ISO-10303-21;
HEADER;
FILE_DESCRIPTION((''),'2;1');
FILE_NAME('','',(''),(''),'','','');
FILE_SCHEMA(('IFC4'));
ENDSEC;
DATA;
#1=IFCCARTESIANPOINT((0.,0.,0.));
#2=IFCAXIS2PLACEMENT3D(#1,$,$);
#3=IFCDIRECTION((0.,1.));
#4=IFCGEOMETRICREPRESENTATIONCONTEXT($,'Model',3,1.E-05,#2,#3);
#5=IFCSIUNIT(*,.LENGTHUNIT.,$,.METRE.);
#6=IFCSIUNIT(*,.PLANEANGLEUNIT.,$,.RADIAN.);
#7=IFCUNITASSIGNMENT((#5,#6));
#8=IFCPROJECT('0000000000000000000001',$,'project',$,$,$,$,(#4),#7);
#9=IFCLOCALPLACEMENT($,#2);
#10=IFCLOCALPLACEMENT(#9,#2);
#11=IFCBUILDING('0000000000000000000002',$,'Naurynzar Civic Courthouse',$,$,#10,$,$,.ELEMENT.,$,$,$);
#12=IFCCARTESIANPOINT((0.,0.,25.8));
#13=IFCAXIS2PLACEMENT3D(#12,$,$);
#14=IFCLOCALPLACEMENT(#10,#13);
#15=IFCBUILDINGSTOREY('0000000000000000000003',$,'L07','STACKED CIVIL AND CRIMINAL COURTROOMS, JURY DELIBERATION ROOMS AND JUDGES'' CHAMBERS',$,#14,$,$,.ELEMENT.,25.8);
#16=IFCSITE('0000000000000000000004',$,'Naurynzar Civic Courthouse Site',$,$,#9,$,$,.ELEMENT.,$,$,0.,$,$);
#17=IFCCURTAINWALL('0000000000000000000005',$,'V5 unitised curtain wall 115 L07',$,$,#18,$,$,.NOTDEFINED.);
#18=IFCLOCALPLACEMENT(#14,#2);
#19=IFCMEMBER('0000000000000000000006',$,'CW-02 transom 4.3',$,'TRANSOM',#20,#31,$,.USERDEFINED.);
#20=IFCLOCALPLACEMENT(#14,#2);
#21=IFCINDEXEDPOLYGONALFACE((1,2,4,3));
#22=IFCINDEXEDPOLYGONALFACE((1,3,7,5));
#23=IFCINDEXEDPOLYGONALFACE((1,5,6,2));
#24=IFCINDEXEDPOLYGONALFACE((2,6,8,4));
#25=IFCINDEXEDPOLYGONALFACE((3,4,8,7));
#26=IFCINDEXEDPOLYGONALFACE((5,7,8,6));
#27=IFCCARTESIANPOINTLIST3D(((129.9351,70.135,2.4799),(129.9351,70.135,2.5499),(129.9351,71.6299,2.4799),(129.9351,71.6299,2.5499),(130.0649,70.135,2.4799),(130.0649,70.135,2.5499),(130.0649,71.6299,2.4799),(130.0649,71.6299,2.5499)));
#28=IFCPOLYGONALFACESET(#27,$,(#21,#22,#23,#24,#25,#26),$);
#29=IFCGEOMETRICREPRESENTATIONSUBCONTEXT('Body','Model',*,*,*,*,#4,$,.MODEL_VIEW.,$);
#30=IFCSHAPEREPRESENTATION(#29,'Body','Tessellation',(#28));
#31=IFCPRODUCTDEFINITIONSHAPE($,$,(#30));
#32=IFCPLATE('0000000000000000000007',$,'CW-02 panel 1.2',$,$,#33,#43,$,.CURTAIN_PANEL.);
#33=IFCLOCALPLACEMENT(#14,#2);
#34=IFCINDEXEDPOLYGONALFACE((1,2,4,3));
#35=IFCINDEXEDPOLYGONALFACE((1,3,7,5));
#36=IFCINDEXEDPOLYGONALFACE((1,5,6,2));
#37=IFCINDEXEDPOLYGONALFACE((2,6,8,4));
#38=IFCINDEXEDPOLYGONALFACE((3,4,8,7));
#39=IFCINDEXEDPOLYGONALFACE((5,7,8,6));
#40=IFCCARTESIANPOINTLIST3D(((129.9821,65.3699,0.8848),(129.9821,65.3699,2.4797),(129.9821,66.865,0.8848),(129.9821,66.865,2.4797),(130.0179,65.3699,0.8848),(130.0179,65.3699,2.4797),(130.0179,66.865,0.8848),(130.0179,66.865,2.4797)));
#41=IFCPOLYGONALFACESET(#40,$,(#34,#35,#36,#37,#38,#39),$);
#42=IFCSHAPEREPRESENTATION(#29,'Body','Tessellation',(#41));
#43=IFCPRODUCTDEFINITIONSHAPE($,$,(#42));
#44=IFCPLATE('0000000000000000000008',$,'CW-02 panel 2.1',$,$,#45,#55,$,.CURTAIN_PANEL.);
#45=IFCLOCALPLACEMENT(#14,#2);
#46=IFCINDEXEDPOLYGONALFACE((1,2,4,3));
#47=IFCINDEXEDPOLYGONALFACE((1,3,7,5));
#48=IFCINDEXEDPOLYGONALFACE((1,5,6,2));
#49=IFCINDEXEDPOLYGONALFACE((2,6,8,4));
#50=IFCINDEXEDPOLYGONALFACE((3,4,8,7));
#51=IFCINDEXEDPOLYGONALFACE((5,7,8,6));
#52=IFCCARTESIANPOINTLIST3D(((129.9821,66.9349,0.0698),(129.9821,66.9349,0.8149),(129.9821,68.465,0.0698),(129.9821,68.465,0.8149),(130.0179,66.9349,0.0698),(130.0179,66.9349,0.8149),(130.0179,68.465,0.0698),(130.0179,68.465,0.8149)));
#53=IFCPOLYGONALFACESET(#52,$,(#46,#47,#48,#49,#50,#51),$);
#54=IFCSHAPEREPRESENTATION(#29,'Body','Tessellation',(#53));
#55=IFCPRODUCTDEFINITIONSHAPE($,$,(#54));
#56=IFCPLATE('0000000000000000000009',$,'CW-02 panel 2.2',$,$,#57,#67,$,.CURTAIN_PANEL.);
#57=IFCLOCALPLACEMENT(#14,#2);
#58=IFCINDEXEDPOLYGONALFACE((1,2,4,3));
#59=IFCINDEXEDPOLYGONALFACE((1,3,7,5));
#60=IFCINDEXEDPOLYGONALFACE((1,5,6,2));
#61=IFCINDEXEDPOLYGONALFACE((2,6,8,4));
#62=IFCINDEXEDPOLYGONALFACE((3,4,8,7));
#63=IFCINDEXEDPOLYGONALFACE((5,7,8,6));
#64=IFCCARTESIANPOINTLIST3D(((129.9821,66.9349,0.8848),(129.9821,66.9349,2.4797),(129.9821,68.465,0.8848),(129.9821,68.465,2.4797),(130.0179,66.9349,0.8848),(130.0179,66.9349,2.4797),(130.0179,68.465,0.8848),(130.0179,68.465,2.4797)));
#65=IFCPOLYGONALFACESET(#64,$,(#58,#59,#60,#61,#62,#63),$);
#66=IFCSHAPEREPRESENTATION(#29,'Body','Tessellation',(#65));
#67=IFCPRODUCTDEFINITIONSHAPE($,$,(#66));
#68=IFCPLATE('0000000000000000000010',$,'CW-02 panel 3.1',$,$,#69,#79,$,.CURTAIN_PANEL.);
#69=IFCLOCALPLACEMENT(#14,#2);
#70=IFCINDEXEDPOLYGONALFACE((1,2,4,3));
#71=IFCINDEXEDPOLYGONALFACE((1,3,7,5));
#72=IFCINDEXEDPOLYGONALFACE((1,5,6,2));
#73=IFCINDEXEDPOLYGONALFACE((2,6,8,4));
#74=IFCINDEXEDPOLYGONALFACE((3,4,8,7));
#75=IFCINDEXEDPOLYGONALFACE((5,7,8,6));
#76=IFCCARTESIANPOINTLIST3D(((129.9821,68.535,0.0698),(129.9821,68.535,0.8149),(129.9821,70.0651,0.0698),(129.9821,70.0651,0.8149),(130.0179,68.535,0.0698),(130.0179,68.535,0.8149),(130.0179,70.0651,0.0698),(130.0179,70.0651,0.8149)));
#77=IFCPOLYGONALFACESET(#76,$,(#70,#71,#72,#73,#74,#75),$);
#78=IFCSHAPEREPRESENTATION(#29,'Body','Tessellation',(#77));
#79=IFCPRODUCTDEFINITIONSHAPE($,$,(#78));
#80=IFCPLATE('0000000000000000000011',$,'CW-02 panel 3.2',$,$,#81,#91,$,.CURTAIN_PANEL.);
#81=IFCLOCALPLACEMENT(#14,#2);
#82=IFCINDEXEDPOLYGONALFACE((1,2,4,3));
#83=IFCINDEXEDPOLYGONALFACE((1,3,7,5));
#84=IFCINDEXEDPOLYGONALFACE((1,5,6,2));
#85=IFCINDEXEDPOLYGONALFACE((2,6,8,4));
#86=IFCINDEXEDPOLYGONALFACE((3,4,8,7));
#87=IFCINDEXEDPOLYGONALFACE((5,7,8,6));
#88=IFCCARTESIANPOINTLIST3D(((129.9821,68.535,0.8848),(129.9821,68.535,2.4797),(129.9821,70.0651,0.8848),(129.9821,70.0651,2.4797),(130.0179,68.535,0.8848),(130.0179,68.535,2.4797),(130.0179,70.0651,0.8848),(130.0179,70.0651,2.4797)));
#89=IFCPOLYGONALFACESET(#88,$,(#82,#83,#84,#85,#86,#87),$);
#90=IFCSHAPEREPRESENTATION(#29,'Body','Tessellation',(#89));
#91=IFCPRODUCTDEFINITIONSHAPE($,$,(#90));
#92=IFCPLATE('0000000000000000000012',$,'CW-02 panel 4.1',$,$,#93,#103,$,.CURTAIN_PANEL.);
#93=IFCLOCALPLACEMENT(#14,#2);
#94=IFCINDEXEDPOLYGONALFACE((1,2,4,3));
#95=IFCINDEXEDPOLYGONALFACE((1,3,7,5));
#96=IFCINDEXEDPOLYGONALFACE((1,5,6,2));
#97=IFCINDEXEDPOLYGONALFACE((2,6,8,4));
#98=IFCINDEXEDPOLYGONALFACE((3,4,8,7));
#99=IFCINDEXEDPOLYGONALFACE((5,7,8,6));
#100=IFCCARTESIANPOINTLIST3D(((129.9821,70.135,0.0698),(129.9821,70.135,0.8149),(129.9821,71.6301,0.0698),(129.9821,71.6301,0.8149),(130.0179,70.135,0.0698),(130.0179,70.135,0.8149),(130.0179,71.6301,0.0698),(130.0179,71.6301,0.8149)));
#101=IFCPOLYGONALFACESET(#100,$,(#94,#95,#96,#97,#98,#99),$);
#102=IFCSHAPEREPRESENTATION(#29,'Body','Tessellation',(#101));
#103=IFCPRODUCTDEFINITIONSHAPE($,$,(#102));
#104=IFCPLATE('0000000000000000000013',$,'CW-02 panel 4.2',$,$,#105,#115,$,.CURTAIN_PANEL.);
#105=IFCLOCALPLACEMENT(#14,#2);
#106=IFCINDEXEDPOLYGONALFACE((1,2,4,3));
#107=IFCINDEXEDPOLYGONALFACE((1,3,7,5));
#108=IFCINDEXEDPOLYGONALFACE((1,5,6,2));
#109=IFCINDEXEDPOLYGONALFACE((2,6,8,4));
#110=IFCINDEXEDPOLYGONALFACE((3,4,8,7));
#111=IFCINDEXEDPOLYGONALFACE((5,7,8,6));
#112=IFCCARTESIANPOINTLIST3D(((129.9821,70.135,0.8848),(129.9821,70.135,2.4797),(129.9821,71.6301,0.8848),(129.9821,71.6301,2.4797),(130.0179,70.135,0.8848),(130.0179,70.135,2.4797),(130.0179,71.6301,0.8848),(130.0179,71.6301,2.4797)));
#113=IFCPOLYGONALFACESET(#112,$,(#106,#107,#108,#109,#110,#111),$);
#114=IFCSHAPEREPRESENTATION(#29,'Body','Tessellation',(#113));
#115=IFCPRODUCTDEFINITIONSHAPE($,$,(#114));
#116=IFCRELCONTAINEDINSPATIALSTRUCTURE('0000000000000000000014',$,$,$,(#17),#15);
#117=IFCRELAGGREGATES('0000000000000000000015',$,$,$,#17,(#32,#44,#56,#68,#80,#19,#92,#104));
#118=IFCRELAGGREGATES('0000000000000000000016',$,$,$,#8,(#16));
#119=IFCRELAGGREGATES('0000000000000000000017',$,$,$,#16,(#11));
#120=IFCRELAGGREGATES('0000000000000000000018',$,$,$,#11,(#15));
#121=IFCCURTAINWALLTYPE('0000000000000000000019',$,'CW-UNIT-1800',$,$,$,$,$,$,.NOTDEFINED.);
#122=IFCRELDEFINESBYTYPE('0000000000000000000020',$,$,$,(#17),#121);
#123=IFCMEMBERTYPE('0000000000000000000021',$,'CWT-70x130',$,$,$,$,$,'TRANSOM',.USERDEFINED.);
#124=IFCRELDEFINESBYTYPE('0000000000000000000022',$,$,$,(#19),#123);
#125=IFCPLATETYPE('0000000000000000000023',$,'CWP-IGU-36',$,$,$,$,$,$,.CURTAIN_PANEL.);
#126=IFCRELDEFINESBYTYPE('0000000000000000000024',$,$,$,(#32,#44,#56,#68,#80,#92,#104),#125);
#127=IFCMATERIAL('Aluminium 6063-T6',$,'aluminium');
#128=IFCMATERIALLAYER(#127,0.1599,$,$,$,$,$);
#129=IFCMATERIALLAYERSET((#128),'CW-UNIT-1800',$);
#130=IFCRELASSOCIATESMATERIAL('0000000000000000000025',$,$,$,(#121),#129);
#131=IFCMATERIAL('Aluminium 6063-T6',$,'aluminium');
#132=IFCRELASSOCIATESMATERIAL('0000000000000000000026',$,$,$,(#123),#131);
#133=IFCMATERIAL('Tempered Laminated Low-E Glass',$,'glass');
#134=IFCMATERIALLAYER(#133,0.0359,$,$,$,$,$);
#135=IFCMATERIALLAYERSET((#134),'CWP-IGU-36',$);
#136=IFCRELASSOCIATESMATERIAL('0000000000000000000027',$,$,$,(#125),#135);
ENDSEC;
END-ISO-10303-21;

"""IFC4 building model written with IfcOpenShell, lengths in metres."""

from ifc_helpers import new_model, si_unit, direction, frame, origin, origin_2d, place, context, subcontext, project, spatial, rectangle, extrude, material, layer, layer_set, material_profile, profile_set, type_object, element, aggregate, save


model = new_model("IFC4")

# Units and contexts
model_context = context("Model", 3, precision=1e-05, world=origin(), true_north=direction((0.0, 1.0)))
body_context = subcontext(model_context, "Body", "Model", "MODEL_VIEW")
ifc_project = project(units=[si_unit("LENGTHUNIT", "METRE"), si_unit("PLANEANGLEUNIT", "RADIAN")], contexts=[model_context])

# Site, building, storey
site_placement = place(None, origin())
site = spatial("IfcSite", under=ifc_project, at=site_placement, Name="Naurynzar Civic Courthouse Site", CompositionType="ELEMENT", RefElevation=0.0)
building_placement = place(site_placement, origin())
building = spatial("IfcBuilding", under=site, at=building_placement, Name="Naurynzar Civic Courthouse", CompositionType="ELEMENT")
storey_placement = place(building_placement, frame((0.0, 0.0, 25.8)))
storey = spatial("IfcBuildingStorey", under=building, at=storey_placement, Name="L07", Description="STACKED CIVIL AND CRIMINAL COURTROOMS, JURY DELIBERATION ROOMS AND JUDGES' CHAMBERS", CompositionType="ELEMENT", Elevation=25.8)

# Curtain wall, member, plates
ifc_material_1 = material(Name="Aluminium 6063-T6", Category="aluminium")
ifc_layer_1 = layer(ifc_material_1, 0.1599)
ifc_layer_set_1 = layer_set([ifc_layer_1], Name="CW-UNIT-1800")
curtain_wall_type = type_object("IfcCurtainWallType", Name="CW-UNIT-1800", PredefinedType="NOTDEFINED", material=ifc_layer_set_1)
curtain_wall_placement = place(storey_placement, origin())
curtain_wall = element("IfcCurtainWall", 1, at=curtain_wall_placement, inside=storey, type_object=curtain_wall_type, Name="V5 unitised curtain wall 115 L07", PredefinedType="NOTDEFINED")
ifc_material_2 = material(Name="Aluminium 6063-T6", Category="aluminium")
ifc_material_profile_1 = material_profile(ifc_material_2, rectangle(XDim=0.1299, YDim=0.0701, at=origin_2d()), Name="ALU TRANSOM 70x130")
ifc_profile_set_1 = profile_set([ifc_material_profile_1], Name="Aluminium 6063-T6")
member_type_1 = type_object("IfcMemberType", Name="CWT-70x130", ElementType="TRANSOM", PredefinedType="USERDEFINED", material=ifc_profile_set_1)
member_1_placement = place(storey_placement, frame((130.0, 70.135, 2.5149), z_axis=(0.0, 1.0, 0.0), x_axis=(-1.0, 0.0, 0.0)))
member_1 = element("IfcMember", 2, at=member_1_placement, type_object=member_type_1, Name="CW-02 transom 4.3", ObjectType="TRANSOM", PredefinedType="USERDEFINED", context=body_context, shape_type="SweptSolid", body=[
    extrude(rectangle(XDim=0.1299, YDim=0.0701, at=origin_2d()), origin(), (0.0, 0.0, 1.0), 1.4949),
])
ifc_material_3 = material(Name="Tempered Laminated Low-E Glass", Category="glass")
ifc_layer_2 = layer(ifc_material_3, 0.0359)
ifc_layer_set_2 = layer_set([ifc_layer_2], Name="CWP-IGU-36")
plate_type = type_object("IfcPlateType", Name="CWP-IGU-36", PredefinedType="CURTAIN_PANEL", material=ifc_layer_set_2)
plate_1_placement = place(storey_placement, frame((130.0, 66.1174, 0.8848), z_axis=(0.0, 0.0, 1.0), x_axis=(0.0, 1.0, 0.0)))
plate_1 = element("IfcPlate", 3, at=plate_1_placement, type_object=plate_type, Name="CW-02 panel 1.2", PredefinedType="CURTAIN_PANEL", context=body_context, shape_type="SweptSolid", body=[
    extrude(rectangle(XDim=1.4951, YDim=0.0359, at=origin_2d()), origin(), (0.0, 0.0, 1.0), 1.595),
])
plate_2_placement = place(storey_placement, frame((130.0, 67.7, 0.0698), z_axis=(0.0, 0.0, 1.0), x_axis=(0.0, 1.0, 0.0)))
plate_2 = element("IfcPlate", 4, at=plate_2_placement, type_object=plate_type, Name="CW-02 panel 2.1", PredefinedType="CURTAIN_PANEL", context=body_context, shape_type="SweptSolid", body=[
    extrude(rectangle(XDim=1.53, YDim=0.0359, at=origin_2d()), origin(), (0.0, 0.0, 1.0), 0.7451),
])
plate_3_placement = place(storey_placement, frame((130.0, 67.7, 0.8848), z_axis=(0.0, 0.0, 1.0), x_axis=(0.0, 1.0, 0.0)))
plate_3 = element("IfcPlate", 5, at=plate_3_placement, type_object=plate_type, Name="CW-02 panel 2.2", PredefinedType="CURTAIN_PANEL", context=body_context, shape_type="SweptSolid", body=[
    extrude(rectangle(XDim=1.53, YDim=0.0359, at=origin_2d()), origin(), (0.0, 0.0, 1.0), 1.595),
])
plate_4_placement = place(storey_placement, frame((130.0, 69.3, 0.0698), z_axis=(0.0, 0.0, 1.0), x_axis=(0.0, 1.0, 0.0)))
plate_4 = element("IfcPlate", 6, at=plate_4_placement, type_object=plate_type, Name="CW-02 panel 3.1", PredefinedType="CURTAIN_PANEL", context=body_context, shape_type="SweptSolid", body=[
    extrude(rectangle(XDim=1.53, YDim=0.0359, at=origin_2d()), origin(), (0.0, 0.0, 1.0), 0.7451),
])
plate_5_placement = place(storey_placement, frame((130.0, 69.3, 0.8848), z_axis=(0.0, 0.0, 1.0), x_axis=(0.0, 1.0, 0.0)))
plate_5 = element("IfcPlate", 7, at=plate_5_placement, type_object=plate_type, Name="CW-02 panel 3.2", PredefinedType="CURTAIN_PANEL", context=body_context, shape_type="SweptSolid", body=[
    extrude(rectangle(XDim=1.53, YDim=0.0359, at=origin_2d()), origin(), (0.0, 0.0, 1.0), 1.595),
])
plate_6_placement = place(storey_placement, frame((130.0, 70.8826, 0.0698), z_axis=(0.0, 0.0, 1.0), x_axis=(0.0, 1.0, 0.0)))
plate_6 = element("IfcPlate", 8, at=plate_6_placement, type_object=plate_type, Name="CW-02 panel 4.1", PredefinedType="CURTAIN_PANEL", context=body_context, shape_type="SweptSolid", body=[
    extrude(rectangle(XDim=1.4951, YDim=0.0359, at=origin_2d()), origin(), (0.0, 0.0, 1.0), 0.7451),
])
plate_7_placement = place(storey_placement, frame((130.0, 70.8826, 0.8848), z_axis=(0.0, 0.0, 1.0), x_axis=(0.0, 1.0, 0.0)))
plate_7 = element("IfcPlate", 9, at=plate_7_placement, type_object=plate_type, Name="CW-02 panel 4.2", PredefinedType="CURTAIN_PANEL", context=body_context, shape_type="SweptSolid", body=[
    extrude(rectangle(XDim=1.4951, YDim=0.0359, at=origin_2d()), origin(), (0.0, 0.0, 1.0), 1.595),
])
aggregate(curtain_wall, [plate_1, plate_2, plate_3, plate_4, plate_5, member_1, plate_6, plate_7])

save(model, "model.ifc")
